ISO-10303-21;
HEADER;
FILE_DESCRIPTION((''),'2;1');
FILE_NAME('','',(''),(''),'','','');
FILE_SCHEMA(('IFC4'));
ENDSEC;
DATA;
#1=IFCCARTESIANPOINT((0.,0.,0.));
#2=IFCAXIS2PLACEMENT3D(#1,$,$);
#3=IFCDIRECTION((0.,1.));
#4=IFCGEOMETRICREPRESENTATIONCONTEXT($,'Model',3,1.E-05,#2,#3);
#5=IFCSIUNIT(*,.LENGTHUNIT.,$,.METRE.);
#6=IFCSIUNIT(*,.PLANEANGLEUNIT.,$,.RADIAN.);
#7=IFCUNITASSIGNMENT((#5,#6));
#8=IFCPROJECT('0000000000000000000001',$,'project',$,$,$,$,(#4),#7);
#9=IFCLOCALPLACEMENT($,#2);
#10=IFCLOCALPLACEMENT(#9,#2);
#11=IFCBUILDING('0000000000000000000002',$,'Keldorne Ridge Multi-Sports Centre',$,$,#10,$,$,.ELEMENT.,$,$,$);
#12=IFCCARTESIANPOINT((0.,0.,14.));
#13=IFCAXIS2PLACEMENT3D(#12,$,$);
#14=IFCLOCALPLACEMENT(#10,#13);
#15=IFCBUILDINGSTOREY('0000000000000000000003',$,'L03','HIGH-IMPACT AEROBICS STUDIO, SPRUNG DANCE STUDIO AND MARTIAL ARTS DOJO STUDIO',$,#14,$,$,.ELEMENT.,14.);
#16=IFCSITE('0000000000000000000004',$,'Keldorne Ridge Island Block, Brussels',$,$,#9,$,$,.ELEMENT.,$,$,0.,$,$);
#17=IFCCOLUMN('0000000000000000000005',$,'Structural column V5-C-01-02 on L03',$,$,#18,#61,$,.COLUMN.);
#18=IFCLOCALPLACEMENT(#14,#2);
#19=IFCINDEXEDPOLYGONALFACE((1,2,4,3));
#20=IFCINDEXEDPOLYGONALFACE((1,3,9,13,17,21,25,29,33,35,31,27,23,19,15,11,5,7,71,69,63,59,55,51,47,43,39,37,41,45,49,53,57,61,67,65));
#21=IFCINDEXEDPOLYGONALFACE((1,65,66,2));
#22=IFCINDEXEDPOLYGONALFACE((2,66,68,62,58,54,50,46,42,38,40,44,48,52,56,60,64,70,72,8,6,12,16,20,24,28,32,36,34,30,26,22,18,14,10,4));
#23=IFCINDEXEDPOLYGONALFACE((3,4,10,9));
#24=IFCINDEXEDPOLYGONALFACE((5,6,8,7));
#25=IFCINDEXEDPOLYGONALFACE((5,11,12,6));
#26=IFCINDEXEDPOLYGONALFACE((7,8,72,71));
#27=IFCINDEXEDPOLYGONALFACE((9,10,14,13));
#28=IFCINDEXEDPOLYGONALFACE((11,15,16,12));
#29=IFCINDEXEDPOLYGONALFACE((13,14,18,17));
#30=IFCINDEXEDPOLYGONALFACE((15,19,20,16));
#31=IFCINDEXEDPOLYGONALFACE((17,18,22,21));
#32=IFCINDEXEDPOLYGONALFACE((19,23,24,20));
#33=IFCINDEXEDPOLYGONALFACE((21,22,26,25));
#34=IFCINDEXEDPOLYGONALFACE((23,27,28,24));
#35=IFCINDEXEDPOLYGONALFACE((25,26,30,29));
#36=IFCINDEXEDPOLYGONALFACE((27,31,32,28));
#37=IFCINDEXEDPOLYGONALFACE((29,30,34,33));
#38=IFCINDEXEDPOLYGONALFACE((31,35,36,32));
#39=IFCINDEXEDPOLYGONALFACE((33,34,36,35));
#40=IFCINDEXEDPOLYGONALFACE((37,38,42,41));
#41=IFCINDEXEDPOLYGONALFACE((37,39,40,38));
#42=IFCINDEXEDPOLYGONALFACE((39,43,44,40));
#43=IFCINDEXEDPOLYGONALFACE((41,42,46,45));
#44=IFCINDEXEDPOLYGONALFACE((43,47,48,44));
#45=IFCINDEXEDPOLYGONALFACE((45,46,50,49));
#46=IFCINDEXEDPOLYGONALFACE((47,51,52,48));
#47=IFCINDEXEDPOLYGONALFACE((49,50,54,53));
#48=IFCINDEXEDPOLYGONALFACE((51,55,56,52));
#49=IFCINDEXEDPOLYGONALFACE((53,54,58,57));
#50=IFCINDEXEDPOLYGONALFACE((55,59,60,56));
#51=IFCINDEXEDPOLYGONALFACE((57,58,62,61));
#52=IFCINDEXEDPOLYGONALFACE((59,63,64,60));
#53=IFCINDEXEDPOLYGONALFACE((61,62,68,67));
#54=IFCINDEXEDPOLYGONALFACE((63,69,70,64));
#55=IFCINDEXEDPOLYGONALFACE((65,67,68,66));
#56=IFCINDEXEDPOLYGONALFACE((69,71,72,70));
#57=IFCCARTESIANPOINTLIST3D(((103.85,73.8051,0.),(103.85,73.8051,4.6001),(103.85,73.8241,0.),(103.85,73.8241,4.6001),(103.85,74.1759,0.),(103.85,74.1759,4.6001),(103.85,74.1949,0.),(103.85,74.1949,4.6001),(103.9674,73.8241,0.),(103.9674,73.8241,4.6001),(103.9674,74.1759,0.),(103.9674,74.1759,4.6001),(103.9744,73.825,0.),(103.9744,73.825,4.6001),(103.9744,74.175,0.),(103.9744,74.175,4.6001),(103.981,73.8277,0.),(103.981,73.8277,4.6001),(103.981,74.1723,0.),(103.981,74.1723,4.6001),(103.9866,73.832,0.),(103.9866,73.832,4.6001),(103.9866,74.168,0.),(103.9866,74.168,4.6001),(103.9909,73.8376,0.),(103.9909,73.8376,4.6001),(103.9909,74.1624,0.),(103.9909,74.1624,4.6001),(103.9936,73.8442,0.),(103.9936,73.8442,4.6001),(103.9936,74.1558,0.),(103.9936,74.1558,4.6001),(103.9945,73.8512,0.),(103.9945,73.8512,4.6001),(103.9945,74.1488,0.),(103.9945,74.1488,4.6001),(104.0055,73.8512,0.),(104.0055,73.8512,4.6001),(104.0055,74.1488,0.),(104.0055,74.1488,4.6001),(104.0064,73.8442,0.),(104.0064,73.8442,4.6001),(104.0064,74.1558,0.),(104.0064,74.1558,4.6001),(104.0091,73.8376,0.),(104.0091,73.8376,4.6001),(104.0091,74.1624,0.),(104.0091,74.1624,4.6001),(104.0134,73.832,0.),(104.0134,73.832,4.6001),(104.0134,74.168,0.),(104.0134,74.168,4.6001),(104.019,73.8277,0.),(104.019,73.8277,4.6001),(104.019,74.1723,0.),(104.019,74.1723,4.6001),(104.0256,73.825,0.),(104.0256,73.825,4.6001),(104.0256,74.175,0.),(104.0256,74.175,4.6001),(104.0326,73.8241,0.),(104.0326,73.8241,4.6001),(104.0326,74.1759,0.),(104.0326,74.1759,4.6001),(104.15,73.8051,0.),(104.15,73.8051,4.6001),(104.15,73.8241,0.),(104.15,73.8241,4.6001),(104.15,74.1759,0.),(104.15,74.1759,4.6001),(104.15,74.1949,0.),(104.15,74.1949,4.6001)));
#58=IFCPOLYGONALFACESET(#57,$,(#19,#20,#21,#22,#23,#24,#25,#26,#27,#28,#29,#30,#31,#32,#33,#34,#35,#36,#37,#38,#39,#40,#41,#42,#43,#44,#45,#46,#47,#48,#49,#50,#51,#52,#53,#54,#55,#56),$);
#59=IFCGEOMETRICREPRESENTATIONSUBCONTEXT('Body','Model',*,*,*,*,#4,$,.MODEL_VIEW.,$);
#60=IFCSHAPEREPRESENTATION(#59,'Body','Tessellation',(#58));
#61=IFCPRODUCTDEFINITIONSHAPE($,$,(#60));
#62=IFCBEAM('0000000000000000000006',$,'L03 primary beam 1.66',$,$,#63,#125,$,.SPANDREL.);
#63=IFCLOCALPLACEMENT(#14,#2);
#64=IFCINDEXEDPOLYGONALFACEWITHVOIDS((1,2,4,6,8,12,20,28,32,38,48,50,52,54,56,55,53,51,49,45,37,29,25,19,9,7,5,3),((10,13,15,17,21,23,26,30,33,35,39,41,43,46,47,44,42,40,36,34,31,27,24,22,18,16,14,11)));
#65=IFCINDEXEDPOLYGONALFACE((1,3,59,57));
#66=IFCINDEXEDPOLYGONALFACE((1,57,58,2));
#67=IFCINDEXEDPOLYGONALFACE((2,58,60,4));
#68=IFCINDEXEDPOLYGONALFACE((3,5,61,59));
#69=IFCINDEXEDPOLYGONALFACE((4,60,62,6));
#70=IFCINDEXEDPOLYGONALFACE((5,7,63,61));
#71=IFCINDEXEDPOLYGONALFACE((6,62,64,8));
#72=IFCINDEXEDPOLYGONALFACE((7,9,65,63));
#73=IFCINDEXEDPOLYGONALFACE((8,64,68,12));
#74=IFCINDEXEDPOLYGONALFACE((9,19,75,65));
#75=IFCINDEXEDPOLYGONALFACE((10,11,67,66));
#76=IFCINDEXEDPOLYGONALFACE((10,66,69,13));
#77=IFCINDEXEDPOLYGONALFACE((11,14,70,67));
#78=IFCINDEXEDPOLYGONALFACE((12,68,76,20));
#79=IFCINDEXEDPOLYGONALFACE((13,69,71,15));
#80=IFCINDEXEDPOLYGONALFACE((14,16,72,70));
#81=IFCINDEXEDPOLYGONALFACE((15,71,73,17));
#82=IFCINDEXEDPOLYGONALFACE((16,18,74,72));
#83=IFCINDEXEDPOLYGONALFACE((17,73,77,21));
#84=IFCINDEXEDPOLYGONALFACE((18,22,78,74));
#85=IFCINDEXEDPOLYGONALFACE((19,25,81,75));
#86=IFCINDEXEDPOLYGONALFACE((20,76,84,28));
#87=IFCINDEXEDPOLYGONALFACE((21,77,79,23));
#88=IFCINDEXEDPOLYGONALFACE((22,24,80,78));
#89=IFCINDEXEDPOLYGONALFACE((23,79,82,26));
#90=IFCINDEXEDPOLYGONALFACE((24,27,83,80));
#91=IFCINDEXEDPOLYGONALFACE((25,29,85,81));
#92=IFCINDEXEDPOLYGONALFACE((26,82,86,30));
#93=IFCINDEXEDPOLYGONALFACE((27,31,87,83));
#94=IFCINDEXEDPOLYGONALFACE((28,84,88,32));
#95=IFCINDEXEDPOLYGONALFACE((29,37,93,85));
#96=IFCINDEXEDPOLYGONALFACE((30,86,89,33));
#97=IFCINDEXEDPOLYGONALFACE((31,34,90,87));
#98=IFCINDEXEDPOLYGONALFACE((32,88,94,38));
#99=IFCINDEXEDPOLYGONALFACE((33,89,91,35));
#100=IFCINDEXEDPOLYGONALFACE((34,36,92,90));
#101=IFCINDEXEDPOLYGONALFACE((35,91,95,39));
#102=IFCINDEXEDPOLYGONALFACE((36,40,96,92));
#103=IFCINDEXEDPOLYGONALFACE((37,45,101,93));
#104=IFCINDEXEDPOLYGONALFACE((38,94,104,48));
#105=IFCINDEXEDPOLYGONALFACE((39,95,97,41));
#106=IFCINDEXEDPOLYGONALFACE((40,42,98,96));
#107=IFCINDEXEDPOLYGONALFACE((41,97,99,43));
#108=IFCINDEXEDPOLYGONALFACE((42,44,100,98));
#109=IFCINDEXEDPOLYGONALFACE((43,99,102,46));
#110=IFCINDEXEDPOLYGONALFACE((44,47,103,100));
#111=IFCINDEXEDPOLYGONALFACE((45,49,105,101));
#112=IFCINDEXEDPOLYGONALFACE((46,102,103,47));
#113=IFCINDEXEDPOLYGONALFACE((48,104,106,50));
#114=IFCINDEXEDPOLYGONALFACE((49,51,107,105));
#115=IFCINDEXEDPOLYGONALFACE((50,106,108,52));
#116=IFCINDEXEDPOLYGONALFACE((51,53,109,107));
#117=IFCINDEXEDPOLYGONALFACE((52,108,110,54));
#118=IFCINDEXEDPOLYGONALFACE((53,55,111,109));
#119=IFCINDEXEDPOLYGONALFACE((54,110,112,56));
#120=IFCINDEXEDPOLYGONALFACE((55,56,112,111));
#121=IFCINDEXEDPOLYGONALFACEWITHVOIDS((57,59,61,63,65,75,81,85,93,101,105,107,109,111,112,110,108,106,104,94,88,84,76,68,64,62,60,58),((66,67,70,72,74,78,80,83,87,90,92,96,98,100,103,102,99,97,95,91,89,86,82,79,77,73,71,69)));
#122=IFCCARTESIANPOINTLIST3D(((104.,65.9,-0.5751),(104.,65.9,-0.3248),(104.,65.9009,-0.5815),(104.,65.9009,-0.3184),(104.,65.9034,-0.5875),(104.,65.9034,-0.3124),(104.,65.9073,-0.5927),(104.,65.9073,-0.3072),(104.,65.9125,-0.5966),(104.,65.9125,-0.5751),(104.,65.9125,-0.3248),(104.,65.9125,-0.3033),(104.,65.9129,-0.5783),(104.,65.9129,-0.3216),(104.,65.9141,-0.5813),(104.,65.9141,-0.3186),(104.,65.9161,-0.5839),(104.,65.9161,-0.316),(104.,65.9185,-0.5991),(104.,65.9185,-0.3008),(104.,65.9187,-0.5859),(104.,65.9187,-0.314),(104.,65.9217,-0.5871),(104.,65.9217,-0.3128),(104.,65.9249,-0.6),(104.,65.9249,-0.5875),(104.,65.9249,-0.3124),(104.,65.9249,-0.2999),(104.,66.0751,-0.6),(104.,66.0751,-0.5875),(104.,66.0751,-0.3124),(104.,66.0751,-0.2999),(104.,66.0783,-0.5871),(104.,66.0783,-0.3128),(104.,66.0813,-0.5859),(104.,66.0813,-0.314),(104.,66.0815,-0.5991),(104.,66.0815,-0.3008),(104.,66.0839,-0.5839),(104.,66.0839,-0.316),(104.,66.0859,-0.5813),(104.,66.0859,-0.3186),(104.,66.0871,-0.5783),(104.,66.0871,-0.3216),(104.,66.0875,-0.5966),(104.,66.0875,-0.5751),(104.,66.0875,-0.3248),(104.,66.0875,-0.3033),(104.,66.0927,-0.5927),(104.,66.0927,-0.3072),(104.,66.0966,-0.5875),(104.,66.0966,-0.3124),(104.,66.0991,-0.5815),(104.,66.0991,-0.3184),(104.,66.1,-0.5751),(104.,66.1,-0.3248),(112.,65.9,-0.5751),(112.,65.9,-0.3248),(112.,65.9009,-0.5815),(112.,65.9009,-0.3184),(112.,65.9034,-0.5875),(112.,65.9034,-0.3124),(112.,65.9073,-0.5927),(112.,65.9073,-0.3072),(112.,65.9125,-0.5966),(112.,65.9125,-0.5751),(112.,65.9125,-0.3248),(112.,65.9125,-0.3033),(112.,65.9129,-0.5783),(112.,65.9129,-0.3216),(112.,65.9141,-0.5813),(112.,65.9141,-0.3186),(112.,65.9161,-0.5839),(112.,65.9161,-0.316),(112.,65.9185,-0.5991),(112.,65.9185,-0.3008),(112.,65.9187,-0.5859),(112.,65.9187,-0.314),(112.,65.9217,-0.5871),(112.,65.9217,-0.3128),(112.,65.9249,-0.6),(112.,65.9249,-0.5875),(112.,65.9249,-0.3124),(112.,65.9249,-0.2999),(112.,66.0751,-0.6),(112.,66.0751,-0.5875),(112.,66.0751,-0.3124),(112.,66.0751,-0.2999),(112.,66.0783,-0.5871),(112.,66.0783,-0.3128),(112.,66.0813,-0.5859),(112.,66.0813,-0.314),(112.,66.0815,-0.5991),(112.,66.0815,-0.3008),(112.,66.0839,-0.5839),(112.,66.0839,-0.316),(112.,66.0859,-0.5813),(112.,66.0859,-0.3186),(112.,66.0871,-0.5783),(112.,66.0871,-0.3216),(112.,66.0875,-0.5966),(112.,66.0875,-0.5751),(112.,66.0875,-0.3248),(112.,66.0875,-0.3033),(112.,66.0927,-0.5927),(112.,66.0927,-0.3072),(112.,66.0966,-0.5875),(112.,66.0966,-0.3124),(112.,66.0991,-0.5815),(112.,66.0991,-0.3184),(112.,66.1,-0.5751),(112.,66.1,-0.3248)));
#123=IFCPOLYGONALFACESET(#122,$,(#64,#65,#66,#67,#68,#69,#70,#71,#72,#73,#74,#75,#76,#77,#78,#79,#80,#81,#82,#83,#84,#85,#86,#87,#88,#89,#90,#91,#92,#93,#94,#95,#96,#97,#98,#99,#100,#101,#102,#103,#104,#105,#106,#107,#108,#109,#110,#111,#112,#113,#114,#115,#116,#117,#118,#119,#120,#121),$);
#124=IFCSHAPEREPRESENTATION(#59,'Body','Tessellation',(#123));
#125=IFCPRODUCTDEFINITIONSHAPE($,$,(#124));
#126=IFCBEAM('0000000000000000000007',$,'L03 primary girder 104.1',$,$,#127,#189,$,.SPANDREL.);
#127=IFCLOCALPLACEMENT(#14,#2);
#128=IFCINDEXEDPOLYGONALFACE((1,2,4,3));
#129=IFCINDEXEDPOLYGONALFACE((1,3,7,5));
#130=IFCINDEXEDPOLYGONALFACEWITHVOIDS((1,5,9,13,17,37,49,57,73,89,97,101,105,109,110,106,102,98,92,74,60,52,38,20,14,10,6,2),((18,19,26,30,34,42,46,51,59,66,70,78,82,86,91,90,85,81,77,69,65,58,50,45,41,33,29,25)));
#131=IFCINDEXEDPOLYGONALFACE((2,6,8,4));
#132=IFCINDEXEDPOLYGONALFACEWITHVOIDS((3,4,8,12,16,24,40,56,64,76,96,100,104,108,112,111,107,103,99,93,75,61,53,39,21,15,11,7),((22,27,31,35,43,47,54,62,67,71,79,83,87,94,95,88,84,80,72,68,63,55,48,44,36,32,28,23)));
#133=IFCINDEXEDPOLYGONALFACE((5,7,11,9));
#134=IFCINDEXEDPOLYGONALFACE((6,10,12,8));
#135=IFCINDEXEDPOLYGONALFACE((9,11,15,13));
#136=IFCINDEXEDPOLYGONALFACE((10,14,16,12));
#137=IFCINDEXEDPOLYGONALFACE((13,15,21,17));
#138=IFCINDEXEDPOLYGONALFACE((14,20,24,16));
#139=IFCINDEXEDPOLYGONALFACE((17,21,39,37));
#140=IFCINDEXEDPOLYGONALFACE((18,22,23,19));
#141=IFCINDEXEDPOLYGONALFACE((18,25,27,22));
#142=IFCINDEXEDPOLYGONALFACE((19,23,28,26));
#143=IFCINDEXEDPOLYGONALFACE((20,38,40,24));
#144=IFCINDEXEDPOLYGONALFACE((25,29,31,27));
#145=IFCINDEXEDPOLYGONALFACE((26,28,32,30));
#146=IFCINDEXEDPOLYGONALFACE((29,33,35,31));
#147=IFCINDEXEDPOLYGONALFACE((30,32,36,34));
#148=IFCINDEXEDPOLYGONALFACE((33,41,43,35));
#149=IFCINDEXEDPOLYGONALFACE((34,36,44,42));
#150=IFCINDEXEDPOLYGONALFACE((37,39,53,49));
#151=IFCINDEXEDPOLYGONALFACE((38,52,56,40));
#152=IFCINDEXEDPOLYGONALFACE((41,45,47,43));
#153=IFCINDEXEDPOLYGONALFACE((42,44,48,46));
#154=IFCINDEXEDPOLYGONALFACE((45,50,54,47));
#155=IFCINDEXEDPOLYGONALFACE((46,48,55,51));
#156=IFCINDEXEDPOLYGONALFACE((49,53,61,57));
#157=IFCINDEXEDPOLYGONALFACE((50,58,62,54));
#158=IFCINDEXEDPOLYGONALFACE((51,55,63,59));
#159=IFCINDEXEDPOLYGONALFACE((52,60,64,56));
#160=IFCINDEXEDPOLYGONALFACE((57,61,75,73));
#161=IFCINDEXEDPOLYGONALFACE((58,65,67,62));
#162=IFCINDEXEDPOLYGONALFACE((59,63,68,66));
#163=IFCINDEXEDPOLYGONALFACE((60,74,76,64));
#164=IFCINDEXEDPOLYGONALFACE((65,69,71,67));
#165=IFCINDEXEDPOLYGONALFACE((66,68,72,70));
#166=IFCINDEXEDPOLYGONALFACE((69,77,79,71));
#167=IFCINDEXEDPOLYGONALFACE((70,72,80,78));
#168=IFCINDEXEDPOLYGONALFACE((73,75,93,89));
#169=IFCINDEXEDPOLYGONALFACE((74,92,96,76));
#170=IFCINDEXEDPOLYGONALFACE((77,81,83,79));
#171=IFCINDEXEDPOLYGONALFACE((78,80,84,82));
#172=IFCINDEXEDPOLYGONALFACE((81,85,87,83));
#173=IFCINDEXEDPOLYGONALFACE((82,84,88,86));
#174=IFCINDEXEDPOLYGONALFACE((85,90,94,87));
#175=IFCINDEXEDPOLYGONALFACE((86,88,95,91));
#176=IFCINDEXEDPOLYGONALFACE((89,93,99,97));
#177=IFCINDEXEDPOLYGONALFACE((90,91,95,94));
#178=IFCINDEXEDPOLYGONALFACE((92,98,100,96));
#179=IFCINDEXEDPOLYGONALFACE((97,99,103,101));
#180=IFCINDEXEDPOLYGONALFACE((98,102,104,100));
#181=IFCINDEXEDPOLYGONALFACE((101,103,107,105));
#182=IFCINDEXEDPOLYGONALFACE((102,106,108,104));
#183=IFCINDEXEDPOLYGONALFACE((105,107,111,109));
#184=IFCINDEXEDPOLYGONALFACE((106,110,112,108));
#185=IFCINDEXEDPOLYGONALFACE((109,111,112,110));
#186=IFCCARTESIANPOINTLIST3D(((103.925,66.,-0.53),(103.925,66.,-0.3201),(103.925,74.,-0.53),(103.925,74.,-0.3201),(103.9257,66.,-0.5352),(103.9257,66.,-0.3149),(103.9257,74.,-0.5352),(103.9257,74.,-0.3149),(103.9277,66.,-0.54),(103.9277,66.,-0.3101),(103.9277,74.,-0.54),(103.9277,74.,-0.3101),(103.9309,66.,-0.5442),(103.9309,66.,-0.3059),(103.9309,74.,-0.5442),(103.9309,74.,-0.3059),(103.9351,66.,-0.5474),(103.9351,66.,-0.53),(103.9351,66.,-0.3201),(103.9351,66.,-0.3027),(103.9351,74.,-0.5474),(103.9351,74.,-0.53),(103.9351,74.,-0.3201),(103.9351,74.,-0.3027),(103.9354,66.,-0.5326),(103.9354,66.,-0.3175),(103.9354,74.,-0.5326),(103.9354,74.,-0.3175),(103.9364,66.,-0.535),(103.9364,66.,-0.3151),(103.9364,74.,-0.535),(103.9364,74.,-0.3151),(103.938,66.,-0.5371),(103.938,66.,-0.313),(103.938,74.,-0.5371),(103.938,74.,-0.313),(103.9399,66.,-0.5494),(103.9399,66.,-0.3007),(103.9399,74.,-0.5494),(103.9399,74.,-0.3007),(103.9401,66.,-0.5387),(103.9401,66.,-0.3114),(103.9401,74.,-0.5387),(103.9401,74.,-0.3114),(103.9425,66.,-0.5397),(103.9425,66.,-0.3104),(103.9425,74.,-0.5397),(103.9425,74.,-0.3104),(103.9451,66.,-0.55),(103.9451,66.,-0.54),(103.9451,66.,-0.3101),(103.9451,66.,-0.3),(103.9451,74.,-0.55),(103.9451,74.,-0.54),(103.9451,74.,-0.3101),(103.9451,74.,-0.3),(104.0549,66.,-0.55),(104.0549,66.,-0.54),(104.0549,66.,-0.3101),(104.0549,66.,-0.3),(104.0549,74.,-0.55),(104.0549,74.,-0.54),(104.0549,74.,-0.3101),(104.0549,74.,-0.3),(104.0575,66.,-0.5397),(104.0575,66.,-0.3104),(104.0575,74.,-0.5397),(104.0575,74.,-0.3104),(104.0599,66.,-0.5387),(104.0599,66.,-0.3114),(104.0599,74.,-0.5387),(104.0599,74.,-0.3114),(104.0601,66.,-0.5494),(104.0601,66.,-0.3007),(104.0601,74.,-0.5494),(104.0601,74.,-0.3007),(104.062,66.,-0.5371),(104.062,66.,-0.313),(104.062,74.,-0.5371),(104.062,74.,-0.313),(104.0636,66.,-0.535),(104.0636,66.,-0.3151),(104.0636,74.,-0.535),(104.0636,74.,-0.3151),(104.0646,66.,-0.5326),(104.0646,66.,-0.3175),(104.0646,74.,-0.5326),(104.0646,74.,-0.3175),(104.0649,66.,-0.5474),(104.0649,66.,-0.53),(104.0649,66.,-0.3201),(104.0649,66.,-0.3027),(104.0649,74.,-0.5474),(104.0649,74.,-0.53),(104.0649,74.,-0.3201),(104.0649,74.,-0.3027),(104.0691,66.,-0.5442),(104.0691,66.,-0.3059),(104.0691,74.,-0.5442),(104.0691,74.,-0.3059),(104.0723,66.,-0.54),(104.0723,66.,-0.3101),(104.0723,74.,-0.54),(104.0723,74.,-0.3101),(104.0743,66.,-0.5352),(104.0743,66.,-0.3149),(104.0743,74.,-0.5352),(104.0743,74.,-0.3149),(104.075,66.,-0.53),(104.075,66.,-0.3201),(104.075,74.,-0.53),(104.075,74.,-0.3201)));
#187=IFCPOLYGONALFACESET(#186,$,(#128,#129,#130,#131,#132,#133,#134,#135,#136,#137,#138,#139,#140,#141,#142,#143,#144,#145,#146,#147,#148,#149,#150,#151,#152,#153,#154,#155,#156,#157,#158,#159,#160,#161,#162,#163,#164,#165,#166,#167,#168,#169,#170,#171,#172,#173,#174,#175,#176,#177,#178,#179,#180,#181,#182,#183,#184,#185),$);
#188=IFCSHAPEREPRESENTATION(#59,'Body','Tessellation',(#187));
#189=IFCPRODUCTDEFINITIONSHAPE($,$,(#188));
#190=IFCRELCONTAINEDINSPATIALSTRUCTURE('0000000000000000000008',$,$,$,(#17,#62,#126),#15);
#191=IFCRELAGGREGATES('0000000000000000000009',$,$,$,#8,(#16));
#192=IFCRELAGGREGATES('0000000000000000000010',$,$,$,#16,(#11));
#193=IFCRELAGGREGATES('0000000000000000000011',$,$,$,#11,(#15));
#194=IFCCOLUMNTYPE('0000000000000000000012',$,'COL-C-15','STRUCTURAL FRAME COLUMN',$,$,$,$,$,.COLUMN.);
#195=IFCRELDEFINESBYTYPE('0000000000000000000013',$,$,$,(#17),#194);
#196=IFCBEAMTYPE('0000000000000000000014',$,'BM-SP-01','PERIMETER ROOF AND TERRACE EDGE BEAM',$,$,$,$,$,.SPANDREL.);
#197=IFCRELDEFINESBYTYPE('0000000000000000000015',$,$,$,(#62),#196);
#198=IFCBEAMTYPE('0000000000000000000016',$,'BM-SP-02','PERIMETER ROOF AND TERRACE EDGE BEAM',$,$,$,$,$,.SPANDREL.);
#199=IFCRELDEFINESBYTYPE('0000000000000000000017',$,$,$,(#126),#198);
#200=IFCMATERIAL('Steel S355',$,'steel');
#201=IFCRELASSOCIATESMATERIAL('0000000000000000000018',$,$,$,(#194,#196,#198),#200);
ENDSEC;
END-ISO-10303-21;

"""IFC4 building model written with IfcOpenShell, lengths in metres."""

from ifc_helpers import new_model, si_unit, direction, frame, origin, origin_2d, place, context, subcontext, project, spatial, hollow_rectangle, i_section, extrude, material, material_profile, profile_set, type_object, element, save


model = new_model("IFC4")

# Units and contexts
model_context = context("Model", 3, precision=1e-05, world=origin(), true_north=direction((0.0, 1.0)))
body_context = subcontext(model_context, "Body", "Model", "MODEL_VIEW")
ifc_project = project(units=[si_unit("LENGTHUNIT", "METRE"), si_unit("PLANEANGLEUNIT", "RADIAN")], contexts=[model_context])

# Site, building, storey
site_placement = place(None, origin())
site = spatial("IfcSite", under=ifc_project, at=site_placement, Name="Keldorne Ridge Island Block, Brussels", CompositionType="ELEMENT", RefElevation=0.0)
building_placement = place(site_placement, origin())
building = spatial("IfcBuilding", under=site, at=building_placement, Name="Keldorne Ridge Multi-Sports Centre", CompositionType="ELEMENT")
storey_placement = place(building_placement, frame((0.0, 0.0, 14.0)))
storey = spatial("IfcBuildingStorey", under=building, at=storey_placement, Name="L03", Description="HIGH-IMPACT AEROBICS STUDIO, SPRUNG DANCE STUDIO AND MARTIAL ARTS DOJO STUDIO", CompositionType="ELEMENT", Elevation=14.0)

# Column
ifc_material_1 = material(Name="Steel S355", Category="steel")
ifc_material_profile_1 = material_profile(ifc_material_1, i_section(OverallWidth=0.3, OverallDepth=0.3899, WebThickness=0.011, FlangeThickness=0.019, FilletRadius=0.0271, at=origin_2d()), Name="HEA 400")
ifc_profile_set_1 = profile_set([ifc_material_profile_1], Name="Steel S355")
column_type = type_object("IfcColumnType", Name="COL-C-15", Description="STRUCTURAL FRAME COLUMN", PredefinedType="COLUMN", material=ifc_profile_set_1)
column_placement = place(storey_placement, frame((104.0, 74.0, 0.0), z_axis=(0.0, 0.0, 1.0), x_axis=(1.0, 0.0, 0.0)))
element("IfcColumn", 1, at=column_placement, inside=storey, type_object=column_type, Name="Structural column V5-C-01-02 on L03", PredefinedType="COLUMN", context=body_context, shape_type="SweptSolid", body=[
    extrude(i_section(OverallWidth=0.3, OverallDepth=0.3899, WebThickness=0.011, FlangeThickness=0.019, FilletRadius=0.0271, at=origin_2d()), origin(), (0.0, 0.0, 1.0), 4.6001),
])

# Beams
ifc_material_profile_2 = material_profile(ifc_material_1, hollow_rectangle(XDim=0.2, YDim=0.3, WallThickness=0.0125, InnerFilletRadius=0.0125, OuterFilletRadius=0.0249, at=origin_2d()), Name="RHS 300x200x12.5")
ifc_profile_set_2 = profile_set([ifc_material_profile_2], Name="Steel S355")
beam_type_1 = type_object("IfcBeamType", Name="BM-SP-01", Description="PERIMETER ROOF AND TERRACE EDGE BEAM", PredefinedType="SPANDREL", material=ifc_profile_set_2)
beam_placement = place(storey_placement, frame((104.0, 66.0, -0.45), z_axis=(1.0, 0.0, 0.0), x_axis=(0.0, 1.0, 0.0)))
element("IfcBeam", 2, at=beam_placement, inside=storey, type_object=beam_type_1, Name="L03 primary beam 1.66", PredefinedType="SPANDREL", context=body_context, shape_type="SweptSolid", body=[
    extrude(hollow_rectangle(XDim=0.2, YDim=0.3, WallThickness=0.0125, InnerFilletRadius=0.0125, OuterFilletRadius=0.0249, at=origin_2d()), origin(), (0.0, 0.0, 1.0), 8.0),
])
ifc_material_profile_3 = material_profile(ifc_material_1, hollow_rectangle(XDim=0.1499, YDim=0.25, WallThickness=0.01, InnerFilletRadius=0.01, OuterFilletRadius=0.02, at=origin_2d()), Name="RHS 250x150x10")
ifc_profile_set_3 = profile_set([ifc_material_profile_3], Name="Steel S355")
beam_type_2 = type_object("IfcBeamType", Name="BM-SP-02", Description="PERIMETER ROOF AND TERRACE EDGE BEAM", PredefinedType="SPANDREL", material=ifc_profile_set_3)
for number, where, z_axis, x_axis, name in (
    (3, (104.0, 66.0, -0.425), (0.0, 1.0, 0.0), (-1.0, 0.0, 0.0), "L03 primary girder 104.1"),
):
    element("IfcBeam", number, at=place(storey_placement, frame(where, z_axis=z_axis, x_axis=x_axis)), inside=storey, type_object=beam_type_2, Name=name, PredefinedType="SPANDREL", context=body_context, shape_type="SweptSolid", body=[
        extrude(hollow_rectangle(XDim=0.1499, YDim=0.25, WallThickness=0.01, InnerFilletRadius=0.01, OuterFilletRadius=0.02, at=origin_2d()), origin(), (0.0, 0.0, 1.0), 8.0),
    ])

save(model, "model.ifc")
